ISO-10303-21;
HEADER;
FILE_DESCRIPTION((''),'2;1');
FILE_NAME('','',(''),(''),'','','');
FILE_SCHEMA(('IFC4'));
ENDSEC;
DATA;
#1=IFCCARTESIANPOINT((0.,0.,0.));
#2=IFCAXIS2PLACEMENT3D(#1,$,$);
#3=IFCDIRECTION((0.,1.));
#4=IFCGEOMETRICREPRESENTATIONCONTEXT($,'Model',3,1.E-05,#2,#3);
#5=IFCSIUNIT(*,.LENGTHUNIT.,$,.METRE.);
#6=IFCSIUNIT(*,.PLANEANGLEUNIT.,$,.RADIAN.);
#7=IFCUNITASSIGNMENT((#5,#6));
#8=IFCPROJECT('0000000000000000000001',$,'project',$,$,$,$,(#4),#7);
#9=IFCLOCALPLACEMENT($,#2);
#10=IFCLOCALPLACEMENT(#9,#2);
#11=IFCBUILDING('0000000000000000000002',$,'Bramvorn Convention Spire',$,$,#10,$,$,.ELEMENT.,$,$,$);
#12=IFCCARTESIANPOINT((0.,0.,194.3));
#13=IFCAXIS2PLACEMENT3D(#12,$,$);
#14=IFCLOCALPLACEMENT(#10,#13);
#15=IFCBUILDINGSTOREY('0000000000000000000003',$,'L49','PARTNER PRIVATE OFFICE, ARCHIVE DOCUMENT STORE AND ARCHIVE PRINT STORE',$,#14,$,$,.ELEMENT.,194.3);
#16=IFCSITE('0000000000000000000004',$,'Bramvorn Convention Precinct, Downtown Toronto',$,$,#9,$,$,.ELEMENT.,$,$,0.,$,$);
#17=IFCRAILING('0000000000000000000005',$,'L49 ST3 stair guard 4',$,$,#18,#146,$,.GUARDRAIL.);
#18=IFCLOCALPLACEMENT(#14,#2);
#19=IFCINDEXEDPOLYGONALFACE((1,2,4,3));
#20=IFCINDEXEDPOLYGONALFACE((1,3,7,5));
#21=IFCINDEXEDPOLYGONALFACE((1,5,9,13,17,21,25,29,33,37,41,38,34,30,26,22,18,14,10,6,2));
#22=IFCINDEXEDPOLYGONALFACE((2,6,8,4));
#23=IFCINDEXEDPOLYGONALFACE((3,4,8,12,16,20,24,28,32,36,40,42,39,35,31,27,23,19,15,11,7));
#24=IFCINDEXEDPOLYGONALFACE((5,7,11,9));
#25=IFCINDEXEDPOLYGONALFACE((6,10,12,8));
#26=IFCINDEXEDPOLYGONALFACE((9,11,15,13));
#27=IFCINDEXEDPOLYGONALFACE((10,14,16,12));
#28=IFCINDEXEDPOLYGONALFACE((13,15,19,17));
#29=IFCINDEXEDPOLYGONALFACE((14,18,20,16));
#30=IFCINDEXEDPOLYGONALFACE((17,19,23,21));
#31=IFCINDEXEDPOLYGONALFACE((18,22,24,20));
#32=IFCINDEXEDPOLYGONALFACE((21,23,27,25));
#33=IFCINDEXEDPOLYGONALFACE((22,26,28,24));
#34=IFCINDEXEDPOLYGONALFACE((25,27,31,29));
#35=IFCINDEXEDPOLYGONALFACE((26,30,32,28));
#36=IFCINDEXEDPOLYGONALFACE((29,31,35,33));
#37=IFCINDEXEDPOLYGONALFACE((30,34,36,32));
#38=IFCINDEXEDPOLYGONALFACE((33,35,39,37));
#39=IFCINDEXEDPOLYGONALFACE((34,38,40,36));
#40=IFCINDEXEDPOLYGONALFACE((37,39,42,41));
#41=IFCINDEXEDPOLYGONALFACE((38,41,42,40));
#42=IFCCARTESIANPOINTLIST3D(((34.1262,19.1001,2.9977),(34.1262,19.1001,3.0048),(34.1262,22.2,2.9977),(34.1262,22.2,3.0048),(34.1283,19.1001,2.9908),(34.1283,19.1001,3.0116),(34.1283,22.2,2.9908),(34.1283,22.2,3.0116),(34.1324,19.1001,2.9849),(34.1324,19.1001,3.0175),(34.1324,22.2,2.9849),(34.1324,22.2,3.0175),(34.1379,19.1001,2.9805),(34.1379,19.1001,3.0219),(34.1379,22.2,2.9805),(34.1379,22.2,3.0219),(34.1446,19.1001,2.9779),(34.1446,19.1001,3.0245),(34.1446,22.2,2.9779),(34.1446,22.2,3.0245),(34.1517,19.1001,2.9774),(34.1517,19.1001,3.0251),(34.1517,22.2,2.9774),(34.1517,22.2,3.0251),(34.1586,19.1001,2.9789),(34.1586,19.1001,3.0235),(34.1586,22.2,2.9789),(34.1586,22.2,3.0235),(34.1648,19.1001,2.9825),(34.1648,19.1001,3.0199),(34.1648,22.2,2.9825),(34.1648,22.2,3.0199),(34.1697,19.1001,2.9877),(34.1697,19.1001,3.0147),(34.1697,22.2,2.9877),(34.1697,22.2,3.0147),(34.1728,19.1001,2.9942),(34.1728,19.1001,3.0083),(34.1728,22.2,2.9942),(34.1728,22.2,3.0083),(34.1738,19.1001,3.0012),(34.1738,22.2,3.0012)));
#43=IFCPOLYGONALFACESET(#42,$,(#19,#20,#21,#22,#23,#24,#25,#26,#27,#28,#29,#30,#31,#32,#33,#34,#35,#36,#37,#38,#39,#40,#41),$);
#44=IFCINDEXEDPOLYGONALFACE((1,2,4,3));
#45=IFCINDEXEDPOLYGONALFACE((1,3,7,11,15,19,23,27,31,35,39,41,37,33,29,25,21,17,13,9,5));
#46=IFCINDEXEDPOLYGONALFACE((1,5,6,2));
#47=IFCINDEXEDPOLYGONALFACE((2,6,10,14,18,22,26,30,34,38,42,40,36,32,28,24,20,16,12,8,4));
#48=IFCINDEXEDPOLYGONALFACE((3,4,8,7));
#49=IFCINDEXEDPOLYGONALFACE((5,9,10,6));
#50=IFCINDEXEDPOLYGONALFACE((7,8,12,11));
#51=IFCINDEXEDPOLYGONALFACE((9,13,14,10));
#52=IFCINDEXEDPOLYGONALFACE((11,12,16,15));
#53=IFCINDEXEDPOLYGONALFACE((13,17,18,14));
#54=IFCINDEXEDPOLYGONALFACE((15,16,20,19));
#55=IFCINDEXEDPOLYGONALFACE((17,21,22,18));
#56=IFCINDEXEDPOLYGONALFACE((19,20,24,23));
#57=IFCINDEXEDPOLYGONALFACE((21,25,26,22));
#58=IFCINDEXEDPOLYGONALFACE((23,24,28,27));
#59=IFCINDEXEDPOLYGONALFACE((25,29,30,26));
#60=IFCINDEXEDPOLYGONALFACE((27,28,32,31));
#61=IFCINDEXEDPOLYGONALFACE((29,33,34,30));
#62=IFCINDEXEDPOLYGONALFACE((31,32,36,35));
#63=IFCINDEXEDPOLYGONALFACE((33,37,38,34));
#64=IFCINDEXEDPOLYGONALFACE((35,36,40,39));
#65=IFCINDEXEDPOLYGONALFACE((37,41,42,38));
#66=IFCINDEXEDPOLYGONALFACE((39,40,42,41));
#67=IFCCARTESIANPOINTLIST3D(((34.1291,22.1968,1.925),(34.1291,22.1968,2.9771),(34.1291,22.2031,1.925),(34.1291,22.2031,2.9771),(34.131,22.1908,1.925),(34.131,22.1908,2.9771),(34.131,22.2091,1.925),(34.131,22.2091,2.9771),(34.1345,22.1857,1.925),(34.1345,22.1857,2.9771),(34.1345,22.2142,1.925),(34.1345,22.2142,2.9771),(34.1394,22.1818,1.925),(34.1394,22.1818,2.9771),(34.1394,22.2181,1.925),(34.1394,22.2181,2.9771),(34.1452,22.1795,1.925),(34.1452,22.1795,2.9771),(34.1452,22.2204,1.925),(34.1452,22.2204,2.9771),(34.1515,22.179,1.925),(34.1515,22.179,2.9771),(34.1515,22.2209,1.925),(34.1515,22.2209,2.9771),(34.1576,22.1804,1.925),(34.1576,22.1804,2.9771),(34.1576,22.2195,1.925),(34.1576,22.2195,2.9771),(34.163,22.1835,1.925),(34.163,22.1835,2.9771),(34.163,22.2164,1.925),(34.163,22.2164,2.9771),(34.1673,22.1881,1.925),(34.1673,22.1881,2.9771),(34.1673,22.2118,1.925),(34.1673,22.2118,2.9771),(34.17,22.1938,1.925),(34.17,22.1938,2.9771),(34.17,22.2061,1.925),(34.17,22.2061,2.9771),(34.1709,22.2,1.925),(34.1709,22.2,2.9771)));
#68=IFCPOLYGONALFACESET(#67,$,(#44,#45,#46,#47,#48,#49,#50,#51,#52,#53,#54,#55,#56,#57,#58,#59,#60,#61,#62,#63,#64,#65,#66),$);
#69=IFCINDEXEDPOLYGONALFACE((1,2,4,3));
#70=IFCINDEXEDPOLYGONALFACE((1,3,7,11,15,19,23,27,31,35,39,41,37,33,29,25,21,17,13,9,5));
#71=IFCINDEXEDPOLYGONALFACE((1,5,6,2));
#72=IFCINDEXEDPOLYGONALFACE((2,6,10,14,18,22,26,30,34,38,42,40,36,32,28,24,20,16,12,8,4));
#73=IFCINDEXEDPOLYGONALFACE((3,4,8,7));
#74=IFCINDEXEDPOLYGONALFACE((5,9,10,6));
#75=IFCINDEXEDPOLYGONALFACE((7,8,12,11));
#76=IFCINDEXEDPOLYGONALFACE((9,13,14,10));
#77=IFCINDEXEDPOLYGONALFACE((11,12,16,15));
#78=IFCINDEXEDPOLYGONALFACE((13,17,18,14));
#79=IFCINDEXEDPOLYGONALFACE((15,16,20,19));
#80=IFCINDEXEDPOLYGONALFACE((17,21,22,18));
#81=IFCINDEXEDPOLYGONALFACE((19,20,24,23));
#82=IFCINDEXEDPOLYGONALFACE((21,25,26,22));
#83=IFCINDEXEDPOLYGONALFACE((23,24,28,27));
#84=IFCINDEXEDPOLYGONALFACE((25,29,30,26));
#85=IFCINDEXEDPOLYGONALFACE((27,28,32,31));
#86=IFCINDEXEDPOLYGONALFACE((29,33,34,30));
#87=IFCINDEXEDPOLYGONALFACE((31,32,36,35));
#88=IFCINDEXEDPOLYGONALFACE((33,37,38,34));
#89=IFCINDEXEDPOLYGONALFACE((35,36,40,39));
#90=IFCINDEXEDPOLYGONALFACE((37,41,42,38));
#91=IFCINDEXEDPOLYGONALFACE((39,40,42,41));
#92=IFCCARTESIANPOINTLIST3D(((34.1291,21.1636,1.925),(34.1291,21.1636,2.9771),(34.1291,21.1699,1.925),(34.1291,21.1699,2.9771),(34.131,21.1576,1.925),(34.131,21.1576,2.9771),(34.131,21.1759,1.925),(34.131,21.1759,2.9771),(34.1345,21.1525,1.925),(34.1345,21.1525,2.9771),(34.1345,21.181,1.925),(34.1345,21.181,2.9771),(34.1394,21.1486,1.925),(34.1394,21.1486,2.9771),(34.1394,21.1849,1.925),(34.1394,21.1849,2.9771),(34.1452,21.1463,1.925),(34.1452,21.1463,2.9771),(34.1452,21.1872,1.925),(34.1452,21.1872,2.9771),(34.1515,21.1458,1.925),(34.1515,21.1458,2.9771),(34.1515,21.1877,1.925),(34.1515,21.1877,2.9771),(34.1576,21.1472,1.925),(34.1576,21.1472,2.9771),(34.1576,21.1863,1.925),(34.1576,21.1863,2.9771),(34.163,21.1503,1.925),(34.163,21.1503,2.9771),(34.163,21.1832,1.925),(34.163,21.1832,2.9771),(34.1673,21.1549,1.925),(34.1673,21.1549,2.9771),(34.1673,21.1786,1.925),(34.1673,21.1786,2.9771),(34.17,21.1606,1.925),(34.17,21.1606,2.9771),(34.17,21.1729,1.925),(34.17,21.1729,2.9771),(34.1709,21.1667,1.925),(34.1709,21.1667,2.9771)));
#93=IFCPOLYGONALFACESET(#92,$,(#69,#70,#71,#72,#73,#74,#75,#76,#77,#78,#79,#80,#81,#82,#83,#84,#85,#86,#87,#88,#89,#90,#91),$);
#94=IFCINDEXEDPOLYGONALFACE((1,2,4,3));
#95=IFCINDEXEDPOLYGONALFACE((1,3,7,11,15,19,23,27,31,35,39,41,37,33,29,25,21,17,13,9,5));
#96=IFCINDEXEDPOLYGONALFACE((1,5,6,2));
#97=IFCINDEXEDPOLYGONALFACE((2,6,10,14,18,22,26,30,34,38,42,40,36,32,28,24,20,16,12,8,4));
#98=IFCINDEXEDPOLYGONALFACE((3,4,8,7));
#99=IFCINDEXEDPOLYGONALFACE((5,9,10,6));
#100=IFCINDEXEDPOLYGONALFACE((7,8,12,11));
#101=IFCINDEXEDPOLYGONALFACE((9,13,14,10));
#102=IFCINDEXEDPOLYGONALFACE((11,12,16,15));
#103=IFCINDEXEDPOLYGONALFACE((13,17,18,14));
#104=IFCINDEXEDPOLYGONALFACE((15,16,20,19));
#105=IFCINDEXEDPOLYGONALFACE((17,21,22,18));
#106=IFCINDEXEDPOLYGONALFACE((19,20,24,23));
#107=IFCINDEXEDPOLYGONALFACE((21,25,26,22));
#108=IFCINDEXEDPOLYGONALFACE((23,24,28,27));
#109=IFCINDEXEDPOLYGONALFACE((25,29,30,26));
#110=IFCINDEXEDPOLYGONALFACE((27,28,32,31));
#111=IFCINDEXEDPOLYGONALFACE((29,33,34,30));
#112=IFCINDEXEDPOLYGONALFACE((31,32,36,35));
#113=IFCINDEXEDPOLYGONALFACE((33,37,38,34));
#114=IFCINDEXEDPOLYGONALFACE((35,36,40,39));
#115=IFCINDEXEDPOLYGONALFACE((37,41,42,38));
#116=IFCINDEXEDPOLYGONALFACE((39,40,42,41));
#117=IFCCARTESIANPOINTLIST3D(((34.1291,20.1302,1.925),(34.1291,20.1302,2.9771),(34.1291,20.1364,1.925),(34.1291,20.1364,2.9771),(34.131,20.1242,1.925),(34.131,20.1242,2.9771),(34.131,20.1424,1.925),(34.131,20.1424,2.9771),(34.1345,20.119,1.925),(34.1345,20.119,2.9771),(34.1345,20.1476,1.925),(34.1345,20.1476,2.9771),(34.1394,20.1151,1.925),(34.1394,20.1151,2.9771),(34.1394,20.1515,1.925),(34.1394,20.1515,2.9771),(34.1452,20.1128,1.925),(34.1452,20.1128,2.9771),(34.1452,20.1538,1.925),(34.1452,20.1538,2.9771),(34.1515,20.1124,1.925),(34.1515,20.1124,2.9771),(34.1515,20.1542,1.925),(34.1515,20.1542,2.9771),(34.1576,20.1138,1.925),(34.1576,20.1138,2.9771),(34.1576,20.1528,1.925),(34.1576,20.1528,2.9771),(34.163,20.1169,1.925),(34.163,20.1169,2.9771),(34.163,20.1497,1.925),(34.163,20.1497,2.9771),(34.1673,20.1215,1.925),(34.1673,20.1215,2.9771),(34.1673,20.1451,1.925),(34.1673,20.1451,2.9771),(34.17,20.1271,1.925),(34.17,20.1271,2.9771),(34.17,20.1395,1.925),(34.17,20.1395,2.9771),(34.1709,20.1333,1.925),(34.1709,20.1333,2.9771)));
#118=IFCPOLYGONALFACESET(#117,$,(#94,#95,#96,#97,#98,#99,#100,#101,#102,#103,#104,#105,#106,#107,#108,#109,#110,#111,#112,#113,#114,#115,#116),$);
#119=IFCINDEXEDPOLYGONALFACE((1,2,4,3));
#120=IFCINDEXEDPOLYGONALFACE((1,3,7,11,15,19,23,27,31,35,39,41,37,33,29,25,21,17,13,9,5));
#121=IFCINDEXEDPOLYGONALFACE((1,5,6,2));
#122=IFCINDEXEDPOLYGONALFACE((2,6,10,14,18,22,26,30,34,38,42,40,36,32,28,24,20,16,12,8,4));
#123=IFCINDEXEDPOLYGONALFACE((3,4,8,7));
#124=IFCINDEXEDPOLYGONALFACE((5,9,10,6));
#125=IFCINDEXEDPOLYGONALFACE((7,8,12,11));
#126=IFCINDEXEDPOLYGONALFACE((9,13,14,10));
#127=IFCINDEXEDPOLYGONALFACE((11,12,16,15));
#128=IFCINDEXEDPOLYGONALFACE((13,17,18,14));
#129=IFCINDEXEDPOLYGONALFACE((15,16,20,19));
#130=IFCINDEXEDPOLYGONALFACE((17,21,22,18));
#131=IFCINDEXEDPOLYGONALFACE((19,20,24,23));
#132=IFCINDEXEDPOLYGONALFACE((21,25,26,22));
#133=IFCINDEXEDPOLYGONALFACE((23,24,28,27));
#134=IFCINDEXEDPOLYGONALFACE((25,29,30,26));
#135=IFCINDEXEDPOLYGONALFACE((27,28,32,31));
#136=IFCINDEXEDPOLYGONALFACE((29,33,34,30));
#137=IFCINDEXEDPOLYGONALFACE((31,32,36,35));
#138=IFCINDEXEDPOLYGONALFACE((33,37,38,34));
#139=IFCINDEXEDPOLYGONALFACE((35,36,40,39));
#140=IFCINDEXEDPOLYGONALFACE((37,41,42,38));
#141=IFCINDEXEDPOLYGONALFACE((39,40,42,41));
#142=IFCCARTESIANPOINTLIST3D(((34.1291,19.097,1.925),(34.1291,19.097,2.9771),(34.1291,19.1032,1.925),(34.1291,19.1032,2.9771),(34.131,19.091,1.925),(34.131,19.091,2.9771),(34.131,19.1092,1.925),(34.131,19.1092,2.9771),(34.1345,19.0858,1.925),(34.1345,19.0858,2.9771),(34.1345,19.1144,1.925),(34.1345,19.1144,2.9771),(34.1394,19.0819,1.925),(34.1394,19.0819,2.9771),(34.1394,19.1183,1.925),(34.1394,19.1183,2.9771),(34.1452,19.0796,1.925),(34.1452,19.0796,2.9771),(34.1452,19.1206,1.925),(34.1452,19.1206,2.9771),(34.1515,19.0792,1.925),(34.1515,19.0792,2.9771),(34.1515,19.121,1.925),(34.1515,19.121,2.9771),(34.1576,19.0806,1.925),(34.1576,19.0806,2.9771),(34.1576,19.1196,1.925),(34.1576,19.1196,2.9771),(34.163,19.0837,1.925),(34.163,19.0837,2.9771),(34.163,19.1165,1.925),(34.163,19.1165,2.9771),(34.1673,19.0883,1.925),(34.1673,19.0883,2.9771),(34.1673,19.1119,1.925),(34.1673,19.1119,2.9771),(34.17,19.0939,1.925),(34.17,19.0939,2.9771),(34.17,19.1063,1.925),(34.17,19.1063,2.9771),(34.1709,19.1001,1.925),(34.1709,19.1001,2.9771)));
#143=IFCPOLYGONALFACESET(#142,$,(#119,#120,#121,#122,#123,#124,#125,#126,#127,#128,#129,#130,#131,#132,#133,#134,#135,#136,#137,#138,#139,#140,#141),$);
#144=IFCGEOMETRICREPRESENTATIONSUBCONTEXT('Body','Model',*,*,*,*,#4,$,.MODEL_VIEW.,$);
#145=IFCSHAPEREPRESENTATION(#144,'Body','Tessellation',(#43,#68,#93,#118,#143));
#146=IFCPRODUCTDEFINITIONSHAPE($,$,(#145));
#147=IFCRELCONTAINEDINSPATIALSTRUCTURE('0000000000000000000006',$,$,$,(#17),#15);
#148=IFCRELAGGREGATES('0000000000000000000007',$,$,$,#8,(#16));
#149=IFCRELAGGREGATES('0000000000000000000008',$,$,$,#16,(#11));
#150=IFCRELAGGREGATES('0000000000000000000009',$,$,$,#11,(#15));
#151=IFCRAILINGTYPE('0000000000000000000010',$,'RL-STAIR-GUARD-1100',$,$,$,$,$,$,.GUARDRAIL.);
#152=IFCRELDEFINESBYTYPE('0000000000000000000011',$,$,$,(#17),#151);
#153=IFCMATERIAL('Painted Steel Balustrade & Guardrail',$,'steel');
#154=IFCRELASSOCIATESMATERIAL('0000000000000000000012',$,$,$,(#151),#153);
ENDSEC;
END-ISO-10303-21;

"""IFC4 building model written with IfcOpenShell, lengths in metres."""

from ifc_helpers import new_model, si_unit, direction, frame, origin, origin_2d, place, context, subcontext, project, spatial, circle, extrude, material, type_object, element, save


model = new_model("IFC4")

# Units and contexts
model_context = context("Model", 3, precision=1e-05, world=origin(), true_north=direction((0.0, 1.0)))
body_context = subcontext(model_context, "Body", "Model", "MODEL_VIEW")
ifc_project = project(units=[si_unit("LENGTHUNIT", "METRE"), si_unit("PLANEANGLEUNIT", "RADIAN")], contexts=[model_context])

# Site, building, storey
site_placement = place(None, origin())
site = spatial("IfcSite", under=ifc_project, at=site_placement, Name="Bramvorn Convention Precinct, Downtown Toronto", CompositionType="ELEMENT", RefElevation=0.0)
building_placement = place(site_placement, origin())
building = spatial("IfcBuilding", under=site, at=building_placement, Name="Bramvorn Convention Spire", CompositionType="ELEMENT")
storey_placement = place(building_placement, frame((0.0, 0.0, 194.3)))
storey = spatial("IfcBuildingStorey", under=building, at=storey_placement, Name="L49", Description="PARTNER PRIVATE OFFICE, ARCHIVE DOCUMENT STORE AND ARCHIVE PRINT STORE", CompositionType="ELEMENT", Elevation=194.3)

# Railing
ifc_material_1 = material(Name="Painted Steel Balustrade & Guardrail", Category="steel")
railing_type_1 = type_object("IfcRailingType", Name="RL-STAIR-GUARD-1100", PredefinedType="GUARDRAIL", material=ifc_material_1)
railing_1_placement = place(storey_placement, frame((34.1499, 22.2, 1.925)))
element("IfcRailing", 1, at=railing_1_placement, inside=storey, type_object=railing_type_1, Name="L49 ST3 stair guard 4", PredefinedType="GUARDRAIL", context=body_context, shape_type="SweptSolid", body=[
    extrude(circle(Radius=0.0239, at=origin_2d()), frame((0.0, 0.0, 1.0762), z_axis=(0.0, -1.0, 0.0), x_axis=(1.0, 0.0, 0.0)), (0.0, 0.0, 1.0), 3.0999),
    extrude(circle(Radius=0.021, at=origin_2d()), origin(), (0.0, 0.0, 1.0), 1.052),
    extrude(circle(Radius=0.021, at=origin_2d()), frame((0.0, -1.0332, 0.0)), (0.0, 0.0, 1.0), 1.052),
    extrude(circle(Radius=0.021, at=origin_2d()), frame((0.0, -2.0667, 0.0)), (0.0, 0.0, 1.0), 1.052),
    extrude(circle(Radius=0.021, at=origin_2d()), frame((0.0, -3.0999, 0.0)), (0.0, 0.0, 1.0), 1.052),
])

save(model, "model.ifc")
